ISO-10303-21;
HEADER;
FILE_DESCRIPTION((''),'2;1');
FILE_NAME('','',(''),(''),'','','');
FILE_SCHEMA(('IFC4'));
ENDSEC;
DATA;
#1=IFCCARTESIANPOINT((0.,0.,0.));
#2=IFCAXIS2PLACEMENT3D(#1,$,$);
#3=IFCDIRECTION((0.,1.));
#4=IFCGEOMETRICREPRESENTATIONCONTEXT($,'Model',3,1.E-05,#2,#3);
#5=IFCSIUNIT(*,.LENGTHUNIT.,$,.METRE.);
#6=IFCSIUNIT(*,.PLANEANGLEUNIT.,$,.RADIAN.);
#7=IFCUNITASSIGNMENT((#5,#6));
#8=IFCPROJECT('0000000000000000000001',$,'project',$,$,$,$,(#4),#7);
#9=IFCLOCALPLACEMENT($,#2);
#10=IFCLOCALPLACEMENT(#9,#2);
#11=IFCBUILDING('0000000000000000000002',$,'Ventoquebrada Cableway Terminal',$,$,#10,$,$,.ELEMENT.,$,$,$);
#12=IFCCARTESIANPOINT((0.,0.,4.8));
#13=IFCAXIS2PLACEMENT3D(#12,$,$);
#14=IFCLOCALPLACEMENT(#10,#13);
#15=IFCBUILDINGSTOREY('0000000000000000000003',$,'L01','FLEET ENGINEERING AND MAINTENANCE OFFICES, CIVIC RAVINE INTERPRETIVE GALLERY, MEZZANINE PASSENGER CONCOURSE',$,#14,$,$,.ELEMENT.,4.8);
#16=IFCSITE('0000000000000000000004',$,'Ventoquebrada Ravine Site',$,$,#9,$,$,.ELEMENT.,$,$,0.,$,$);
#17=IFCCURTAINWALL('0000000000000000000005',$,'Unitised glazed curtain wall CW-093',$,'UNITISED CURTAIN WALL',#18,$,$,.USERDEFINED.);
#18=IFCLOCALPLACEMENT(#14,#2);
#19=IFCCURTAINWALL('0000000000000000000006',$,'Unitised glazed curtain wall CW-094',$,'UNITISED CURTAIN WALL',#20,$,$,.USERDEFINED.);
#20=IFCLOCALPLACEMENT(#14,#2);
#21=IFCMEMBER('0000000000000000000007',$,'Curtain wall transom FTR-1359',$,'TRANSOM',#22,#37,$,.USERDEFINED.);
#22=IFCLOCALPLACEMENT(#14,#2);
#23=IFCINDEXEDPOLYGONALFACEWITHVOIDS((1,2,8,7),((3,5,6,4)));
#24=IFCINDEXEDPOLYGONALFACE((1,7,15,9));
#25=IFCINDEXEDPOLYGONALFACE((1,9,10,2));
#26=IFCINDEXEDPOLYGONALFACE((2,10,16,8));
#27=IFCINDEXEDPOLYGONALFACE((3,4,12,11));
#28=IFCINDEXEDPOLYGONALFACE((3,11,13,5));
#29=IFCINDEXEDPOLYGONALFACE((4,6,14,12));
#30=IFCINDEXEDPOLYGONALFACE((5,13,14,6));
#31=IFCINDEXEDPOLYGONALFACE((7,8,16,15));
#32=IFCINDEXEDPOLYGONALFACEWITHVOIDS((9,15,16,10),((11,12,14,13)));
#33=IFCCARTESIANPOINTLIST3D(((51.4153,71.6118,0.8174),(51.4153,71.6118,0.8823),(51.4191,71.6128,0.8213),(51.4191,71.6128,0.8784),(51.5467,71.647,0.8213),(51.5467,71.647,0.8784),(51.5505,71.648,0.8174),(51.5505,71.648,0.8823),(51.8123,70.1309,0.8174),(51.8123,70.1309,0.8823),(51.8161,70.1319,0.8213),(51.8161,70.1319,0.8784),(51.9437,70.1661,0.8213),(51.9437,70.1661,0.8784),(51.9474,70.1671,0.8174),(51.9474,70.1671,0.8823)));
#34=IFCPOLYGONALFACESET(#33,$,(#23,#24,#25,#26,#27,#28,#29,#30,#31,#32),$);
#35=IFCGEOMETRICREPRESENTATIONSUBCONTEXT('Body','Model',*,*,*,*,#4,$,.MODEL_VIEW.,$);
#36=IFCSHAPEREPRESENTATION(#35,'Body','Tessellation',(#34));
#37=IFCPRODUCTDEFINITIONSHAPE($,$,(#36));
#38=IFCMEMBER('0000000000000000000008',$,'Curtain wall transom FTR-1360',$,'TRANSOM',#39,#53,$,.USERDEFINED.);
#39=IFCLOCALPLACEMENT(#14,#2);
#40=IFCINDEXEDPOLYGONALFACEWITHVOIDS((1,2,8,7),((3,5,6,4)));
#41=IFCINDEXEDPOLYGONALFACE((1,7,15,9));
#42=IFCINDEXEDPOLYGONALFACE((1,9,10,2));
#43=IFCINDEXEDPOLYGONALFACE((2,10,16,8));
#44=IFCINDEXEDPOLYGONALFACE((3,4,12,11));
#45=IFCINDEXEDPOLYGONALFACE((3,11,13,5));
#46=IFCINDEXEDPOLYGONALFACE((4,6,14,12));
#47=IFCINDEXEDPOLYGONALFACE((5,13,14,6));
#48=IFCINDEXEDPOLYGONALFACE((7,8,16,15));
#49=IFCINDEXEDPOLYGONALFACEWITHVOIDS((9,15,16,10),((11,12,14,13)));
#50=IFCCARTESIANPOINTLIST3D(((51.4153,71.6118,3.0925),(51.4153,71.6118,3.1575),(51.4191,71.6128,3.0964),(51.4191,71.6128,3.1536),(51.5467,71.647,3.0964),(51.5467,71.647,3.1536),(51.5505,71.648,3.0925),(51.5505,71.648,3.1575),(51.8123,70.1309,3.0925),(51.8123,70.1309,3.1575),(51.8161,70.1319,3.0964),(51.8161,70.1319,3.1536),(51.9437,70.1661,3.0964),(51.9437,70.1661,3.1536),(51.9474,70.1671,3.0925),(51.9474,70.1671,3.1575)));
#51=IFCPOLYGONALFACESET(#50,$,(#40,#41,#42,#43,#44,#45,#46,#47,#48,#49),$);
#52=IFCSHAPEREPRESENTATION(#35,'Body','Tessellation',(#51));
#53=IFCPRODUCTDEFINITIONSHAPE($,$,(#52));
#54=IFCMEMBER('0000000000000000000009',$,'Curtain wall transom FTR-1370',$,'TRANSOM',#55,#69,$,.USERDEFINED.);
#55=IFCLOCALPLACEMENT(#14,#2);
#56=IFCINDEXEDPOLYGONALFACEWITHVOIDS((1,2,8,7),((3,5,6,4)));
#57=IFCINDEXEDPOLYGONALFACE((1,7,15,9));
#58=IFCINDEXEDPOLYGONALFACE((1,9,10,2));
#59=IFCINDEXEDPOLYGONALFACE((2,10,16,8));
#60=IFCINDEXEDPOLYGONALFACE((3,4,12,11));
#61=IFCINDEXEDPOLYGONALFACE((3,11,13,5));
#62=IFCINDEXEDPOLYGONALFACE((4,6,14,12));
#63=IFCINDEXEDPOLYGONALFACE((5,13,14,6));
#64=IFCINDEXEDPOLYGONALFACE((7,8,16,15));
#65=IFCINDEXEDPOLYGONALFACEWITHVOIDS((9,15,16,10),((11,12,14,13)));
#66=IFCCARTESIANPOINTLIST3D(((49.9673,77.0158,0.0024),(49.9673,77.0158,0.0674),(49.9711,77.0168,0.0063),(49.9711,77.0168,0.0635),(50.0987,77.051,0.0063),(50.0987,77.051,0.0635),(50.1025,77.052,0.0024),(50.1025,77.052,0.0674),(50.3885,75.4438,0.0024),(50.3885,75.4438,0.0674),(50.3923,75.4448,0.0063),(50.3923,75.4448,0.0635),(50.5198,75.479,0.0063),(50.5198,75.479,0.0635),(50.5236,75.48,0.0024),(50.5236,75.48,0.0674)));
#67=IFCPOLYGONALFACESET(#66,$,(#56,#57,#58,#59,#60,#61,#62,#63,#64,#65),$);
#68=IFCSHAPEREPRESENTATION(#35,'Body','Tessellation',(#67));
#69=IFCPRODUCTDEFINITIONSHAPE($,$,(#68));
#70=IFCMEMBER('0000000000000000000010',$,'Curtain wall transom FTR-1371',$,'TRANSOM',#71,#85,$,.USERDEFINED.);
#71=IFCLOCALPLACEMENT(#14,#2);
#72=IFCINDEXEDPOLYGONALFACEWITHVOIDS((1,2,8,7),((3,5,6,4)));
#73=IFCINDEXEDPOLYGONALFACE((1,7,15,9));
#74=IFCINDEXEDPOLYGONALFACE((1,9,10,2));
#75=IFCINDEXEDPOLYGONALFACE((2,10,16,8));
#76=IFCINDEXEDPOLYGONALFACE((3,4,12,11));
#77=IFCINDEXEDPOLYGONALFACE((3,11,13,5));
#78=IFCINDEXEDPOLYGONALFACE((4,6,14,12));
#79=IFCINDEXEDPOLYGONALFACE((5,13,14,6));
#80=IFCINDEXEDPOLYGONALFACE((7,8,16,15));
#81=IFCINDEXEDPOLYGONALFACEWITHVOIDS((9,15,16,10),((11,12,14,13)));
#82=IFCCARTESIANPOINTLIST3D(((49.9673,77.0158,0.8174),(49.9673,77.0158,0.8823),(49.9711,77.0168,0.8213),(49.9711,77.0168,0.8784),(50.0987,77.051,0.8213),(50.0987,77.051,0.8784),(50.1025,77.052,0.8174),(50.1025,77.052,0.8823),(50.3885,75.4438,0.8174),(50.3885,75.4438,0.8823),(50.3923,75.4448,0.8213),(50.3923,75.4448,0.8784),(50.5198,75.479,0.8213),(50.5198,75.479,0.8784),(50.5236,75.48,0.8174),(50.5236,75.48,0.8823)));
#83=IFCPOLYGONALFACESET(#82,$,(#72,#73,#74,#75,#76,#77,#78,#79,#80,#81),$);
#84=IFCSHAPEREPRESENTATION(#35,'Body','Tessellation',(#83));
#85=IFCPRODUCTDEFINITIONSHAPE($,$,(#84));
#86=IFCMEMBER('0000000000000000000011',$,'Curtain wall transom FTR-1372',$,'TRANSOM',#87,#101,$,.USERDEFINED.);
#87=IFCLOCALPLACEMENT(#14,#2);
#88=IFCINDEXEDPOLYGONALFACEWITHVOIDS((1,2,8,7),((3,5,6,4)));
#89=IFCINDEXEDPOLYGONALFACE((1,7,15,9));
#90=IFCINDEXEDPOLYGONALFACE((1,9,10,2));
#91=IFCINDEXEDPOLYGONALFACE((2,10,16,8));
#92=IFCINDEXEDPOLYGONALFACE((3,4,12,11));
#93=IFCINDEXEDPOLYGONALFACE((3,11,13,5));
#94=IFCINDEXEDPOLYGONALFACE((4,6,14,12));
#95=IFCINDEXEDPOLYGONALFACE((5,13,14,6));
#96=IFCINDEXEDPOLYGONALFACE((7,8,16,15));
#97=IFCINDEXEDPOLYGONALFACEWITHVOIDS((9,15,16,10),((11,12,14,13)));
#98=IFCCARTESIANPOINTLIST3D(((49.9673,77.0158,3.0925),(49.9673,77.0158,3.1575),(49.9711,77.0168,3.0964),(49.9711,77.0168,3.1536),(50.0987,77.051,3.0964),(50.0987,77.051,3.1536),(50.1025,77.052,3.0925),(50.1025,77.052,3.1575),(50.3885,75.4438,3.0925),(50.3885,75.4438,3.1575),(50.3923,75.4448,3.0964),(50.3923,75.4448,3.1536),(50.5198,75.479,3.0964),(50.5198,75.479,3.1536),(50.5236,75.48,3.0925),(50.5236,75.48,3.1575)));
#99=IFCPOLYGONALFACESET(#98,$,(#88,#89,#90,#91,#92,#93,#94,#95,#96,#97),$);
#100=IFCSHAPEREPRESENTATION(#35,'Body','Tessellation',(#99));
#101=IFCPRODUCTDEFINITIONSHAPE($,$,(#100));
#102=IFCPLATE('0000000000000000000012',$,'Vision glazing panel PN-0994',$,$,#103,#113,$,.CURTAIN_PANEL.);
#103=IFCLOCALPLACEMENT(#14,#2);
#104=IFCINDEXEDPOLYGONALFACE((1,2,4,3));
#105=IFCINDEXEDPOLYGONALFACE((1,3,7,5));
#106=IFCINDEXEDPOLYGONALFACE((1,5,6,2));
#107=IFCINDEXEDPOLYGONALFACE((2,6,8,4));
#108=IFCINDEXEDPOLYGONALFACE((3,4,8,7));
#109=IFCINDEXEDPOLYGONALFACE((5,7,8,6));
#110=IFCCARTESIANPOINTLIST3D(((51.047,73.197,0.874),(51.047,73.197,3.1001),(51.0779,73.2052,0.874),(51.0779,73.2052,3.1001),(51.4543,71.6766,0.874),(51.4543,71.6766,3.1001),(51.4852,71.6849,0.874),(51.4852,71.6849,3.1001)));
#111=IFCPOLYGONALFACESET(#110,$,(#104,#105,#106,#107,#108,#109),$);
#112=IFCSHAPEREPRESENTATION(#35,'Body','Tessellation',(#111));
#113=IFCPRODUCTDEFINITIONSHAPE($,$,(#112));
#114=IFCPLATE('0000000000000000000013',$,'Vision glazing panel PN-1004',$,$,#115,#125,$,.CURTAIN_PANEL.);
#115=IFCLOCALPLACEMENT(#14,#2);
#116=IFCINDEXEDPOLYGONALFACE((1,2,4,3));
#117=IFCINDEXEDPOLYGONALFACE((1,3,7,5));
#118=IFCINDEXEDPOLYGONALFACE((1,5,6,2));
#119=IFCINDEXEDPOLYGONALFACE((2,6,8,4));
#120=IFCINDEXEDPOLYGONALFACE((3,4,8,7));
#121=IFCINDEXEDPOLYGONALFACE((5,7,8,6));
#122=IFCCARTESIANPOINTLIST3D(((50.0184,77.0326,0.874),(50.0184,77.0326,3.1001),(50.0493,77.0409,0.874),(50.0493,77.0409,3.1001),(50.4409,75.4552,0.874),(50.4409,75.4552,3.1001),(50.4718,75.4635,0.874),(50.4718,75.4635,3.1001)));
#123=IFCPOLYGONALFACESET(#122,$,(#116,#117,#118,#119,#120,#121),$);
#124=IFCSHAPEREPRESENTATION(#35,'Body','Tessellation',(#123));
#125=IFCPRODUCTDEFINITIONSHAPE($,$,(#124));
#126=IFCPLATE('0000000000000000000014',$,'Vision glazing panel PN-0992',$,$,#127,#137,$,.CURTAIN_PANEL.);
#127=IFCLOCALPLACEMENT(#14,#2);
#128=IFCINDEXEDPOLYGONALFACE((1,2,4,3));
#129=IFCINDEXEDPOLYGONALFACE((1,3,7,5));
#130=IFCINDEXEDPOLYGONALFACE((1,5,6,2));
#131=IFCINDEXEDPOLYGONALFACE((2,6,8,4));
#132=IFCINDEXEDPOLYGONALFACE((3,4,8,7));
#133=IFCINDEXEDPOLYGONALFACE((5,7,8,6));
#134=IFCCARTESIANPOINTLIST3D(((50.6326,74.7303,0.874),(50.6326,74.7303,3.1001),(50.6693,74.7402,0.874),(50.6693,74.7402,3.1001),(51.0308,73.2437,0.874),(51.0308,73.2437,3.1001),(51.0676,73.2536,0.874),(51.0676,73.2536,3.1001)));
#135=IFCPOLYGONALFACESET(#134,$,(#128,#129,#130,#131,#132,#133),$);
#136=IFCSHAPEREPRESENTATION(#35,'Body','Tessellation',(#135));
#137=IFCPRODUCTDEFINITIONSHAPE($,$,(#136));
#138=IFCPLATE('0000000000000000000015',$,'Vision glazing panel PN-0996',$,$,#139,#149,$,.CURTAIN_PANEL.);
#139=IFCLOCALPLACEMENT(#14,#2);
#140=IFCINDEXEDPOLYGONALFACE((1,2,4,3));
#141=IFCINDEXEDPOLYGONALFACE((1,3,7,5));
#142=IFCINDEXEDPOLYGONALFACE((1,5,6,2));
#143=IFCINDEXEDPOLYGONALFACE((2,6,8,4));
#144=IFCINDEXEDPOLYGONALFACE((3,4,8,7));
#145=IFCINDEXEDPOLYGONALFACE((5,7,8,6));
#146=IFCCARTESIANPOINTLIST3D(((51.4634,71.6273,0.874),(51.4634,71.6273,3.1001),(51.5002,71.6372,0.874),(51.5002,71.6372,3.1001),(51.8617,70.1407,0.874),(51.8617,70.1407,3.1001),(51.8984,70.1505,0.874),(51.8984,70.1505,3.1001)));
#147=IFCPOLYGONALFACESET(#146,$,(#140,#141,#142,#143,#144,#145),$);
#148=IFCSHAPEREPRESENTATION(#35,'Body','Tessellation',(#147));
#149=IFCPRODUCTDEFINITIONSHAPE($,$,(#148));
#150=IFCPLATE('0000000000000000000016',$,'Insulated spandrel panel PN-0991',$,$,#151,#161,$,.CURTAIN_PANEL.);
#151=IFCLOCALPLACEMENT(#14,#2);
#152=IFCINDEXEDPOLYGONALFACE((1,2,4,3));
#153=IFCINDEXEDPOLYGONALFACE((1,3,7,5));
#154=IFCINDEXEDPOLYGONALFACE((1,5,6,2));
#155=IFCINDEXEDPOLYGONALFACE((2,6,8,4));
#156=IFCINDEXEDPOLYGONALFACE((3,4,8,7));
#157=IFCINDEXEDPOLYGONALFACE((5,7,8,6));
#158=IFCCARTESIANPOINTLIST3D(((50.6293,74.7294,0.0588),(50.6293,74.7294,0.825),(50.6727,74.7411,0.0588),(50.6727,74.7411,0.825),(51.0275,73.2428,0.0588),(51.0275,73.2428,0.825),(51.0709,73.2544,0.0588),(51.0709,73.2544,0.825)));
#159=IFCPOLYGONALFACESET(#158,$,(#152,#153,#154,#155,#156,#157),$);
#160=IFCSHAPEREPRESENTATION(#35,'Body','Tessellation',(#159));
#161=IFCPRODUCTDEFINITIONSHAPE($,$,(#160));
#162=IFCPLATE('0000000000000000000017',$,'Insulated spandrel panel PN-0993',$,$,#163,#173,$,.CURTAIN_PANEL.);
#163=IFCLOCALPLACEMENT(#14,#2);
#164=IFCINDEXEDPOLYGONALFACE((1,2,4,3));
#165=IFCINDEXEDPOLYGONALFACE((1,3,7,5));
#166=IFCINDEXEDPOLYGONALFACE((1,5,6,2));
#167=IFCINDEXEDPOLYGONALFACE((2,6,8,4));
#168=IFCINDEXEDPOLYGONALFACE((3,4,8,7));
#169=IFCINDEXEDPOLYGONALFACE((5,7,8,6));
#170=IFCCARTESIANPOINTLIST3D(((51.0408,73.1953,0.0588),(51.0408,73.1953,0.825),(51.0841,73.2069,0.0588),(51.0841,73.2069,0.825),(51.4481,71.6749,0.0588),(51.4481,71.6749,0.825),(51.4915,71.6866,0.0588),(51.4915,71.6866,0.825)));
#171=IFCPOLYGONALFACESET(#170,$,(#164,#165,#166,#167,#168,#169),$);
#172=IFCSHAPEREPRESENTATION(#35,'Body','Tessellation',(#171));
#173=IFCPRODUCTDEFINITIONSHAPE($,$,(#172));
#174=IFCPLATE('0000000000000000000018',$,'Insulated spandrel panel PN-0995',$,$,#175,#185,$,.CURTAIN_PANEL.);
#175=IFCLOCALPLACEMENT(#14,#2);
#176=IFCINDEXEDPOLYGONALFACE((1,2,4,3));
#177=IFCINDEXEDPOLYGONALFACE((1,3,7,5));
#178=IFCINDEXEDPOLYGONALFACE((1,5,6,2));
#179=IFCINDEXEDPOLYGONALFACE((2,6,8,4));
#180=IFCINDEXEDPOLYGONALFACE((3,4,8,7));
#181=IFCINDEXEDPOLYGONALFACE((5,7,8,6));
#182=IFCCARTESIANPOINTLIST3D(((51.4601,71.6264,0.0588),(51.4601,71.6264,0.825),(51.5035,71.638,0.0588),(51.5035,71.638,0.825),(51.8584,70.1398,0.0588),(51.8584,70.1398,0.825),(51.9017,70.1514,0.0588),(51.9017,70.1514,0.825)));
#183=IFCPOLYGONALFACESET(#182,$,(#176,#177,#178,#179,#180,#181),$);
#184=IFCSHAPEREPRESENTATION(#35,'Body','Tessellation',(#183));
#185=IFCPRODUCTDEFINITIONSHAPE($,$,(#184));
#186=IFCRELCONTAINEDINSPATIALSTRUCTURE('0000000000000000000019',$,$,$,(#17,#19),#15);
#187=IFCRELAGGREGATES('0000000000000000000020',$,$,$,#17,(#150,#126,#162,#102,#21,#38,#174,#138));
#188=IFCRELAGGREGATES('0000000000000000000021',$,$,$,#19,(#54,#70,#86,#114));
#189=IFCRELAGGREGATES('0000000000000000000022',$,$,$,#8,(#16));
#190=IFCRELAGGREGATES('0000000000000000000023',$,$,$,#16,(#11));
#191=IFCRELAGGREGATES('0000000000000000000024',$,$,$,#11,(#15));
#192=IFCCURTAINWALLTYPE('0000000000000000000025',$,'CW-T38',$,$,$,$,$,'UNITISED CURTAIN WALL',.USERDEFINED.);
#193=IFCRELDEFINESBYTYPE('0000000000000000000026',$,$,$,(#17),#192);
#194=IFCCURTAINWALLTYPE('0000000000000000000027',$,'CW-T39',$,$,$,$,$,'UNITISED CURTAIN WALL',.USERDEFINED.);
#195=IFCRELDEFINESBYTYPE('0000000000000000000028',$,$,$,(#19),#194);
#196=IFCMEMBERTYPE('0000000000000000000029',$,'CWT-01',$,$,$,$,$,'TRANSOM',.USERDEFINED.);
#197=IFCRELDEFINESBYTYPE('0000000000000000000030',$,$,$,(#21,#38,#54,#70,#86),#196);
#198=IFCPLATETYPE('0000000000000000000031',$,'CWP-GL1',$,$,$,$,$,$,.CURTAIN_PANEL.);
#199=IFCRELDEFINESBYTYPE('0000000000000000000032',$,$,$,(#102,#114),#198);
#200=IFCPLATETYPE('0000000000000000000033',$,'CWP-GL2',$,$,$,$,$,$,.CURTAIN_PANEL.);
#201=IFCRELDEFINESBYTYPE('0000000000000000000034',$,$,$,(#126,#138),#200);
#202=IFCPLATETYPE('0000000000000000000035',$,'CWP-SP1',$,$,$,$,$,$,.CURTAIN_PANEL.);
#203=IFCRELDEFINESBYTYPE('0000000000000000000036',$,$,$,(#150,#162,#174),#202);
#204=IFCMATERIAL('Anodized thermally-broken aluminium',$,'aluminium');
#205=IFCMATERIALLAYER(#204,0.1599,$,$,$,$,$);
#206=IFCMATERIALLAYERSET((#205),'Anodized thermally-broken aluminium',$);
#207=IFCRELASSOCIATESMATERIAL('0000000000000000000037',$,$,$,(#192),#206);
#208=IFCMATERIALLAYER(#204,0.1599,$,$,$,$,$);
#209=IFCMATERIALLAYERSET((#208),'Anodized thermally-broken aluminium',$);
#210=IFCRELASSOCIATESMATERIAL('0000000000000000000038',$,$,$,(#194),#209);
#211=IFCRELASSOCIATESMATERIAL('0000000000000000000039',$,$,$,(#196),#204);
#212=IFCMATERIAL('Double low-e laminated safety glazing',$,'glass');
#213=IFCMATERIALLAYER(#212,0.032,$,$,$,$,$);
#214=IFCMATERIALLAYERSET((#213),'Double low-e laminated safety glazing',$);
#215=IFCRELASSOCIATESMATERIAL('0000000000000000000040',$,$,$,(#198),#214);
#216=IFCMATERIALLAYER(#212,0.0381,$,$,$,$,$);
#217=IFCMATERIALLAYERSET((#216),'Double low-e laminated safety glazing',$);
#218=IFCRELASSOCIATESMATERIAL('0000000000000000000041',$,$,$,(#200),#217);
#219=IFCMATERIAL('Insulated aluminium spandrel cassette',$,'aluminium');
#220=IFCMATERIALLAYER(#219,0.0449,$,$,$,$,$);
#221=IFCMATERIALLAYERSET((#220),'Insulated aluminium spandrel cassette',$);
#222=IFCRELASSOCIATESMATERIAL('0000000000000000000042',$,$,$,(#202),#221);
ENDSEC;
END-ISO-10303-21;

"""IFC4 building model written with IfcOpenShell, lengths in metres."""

from ifc_helpers import new_model, si_unit, direction, frame, origin, origin_2d, place, context, subcontext, project, spatial, rectangle, hollow_rectangle, extrude, material, layer, layer_set, material_profile, profile_set, type_object, element, aggregate, save


model = new_model("IFC4")

# Units and contexts
model_context = context("Model", 3, precision=1e-05, world=origin(), true_north=direction((0.0, 1.0)))
body_context = subcontext(model_context, "Body", "Model", "MODEL_VIEW")
ifc_project = project(units=[si_unit("LENGTHUNIT", "METRE"), si_unit("PLANEANGLEUNIT", "RADIAN")], contexts=[model_context])

# Site, building, storey
site_placement = place(None, origin())
site = spatial("IfcSite", under=ifc_project, at=site_placement, Name="Ventoquebrada Ravine Site", CompositionType="ELEMENT", RefElevation=0.0)
building_placement = place(site_placement, origin())
building = spatial("IfcBuilding", under=site, at=building_placement, Name="Ventoquebrada Cableway Terminal", CompositionType="ELEMENT")
storey_placement = place(building_placement, frame((0.0, 0.0, 4.8)))
storey = spatial("IfcBuildingStorey", under=building, at=storey_placement, Name="L01", Description="FLEET ENGINEERING AND MAINTENANCE OFFICES, CIVIC RAVINE INTERPRETIVE GALLERY, MEZZANINE PASSENGER CONCOURSE", CompositionType="ELEMENT", Elevation=4.8)

# Curtain walls
ifc_material_1 = material(Name="Anodized thermally-broken aluminium", Category="aluminium")
ifc_layer_1 = layer(ifc_material_1, 0.1599)
ifc_layer_set_1 = layer_set([ifc_layer_1], Name="Anodized thermally-broken aluminium")
curtain_wall_type_1 = type_object("IfcCurtainWallType", Name="CW-T38", ElementType="UNITISED CURTAIN WALL", PredefinedType="USERDEFINED", material=ifc_layer_set_1)
curtain_wall_1_placement = place(storey_placement, origin())
curtain_wall_1 = element("IfcCurtainWall", 1, at=curtain_wall_1_placement, inside=storey, type_object=curtain_wall_type_1, Name="Unitised glazed curtain wall CW-093", ObjectType="UNITISED CURTAIN WALL", PredefinedType="USERDEFINED")
ifc_layer_2 = layer(ifc_material_1, 0.1599)
ifc_layer_set_2 = layer_set([ifc_layer_2], Name="Anodized thermally-broken aluminium")
curtain_wall_type_2 = type_object("IfcCurtainWallType", Name="CW-T39", ElementType="UNITISED CURTAIN WALL", PredefinedType="USERDEFINED", material=ifc_layer_set_2)
curtain_wall_2_placement = place(storey_placement, origin())
curtain_wall_2 = element("IfcCurtainWall", 2, at=curtain_wall_2_placement, inside=storey, type_object=curtain_wall_type_2, Name="Unitised glazed curtain wall CW-094", ObjectType="UNITISED CURTAIN WALL", PredefinedType="USERDEFINED")

# Members
ifc_material_profile_1 = material_profile(ifc_material_1, hollow_rectangle(XDim=0.0649, YDim=0.1399, WallThickness=0.0039, at=origin_2d()), Name="CW-TRN-65X140")
ifc_profile_set_1 = profile_set([ifc_material_profile_1], Name="Anodized thermally-broken aluminium")
member_type_1 = type_object("IfcMemberType", Name="CWT-01", ElementType="TRANSOM", PredefinedType="USERDEFINED", material=ifc_profile_set_1)
member_1_placement = place(storey_placement, frame((51.4829, 71.6299, 0.8499), z_axis=(0.258911, -0.965901, 0.0), x_axis=(0.0, 0.0, 1.0)))
member_1 = element("IfcMember", 3, at=member_1_placement, type_object=member_type_1, Name="Curtain wall transom FTR-1359", ObjectType="TRANSOM", PredefinedType="USERDEFINED", context=body_context, shape_type="SweptSolid", body=[
    extrude(hollow_rectangle(XDim=0.0649, YDim=0.1399, WallThickness=0.0039, at=origin_2d()), origin(), (0.0, 0.0, 1.0), 1.5332),
])
member_2_placement = place(storey_placement, frame((51.4829, 71.6299, 3.125), z_axis=(0.258911, -0.965901, 0.0), x_axis=(0.0, 0.0, 1.0)))
member_2 = element("IfcMember", 4, at=member_2_placement, type_object=member_type_1, Name="Curtain wall transom FTR-1360", ObjectType="TRANSOM", PredefinedType="USERDEFINED", context=body_context, shape_type="SweptSolid", body=[
    extrude(hollow_rectangle(XDim=0.0649, YDim=0.1399, WallThickness=0.0039, at=origin_2d()), origin(), (0.0, 0.0, 1.0), 1.5332),
])
member_3_placement = place(storey_placement, frame((50.0349, 77.0339, 0.0349), z_axis=(0.258774, -0.965938, 0.0), x_axis=(0.0, 0.0, 1.0)))
member_3 = element("IfcMember", 5, at=member_3_placement, type_object=member_type_1, Name="Curtain wall transom FTR-1370", ObjectType="TRANSOM", PredefinedType="USERDEFINED", context=body_context, shape_type="SweptSolid", body=[
    extrude(hollow_rectangle(XDim=0.0649, YDim=0.1399, WallThickness=0.0039, at=origin_2d()), origin(), (0.0, 0.0, 1.0), 1.6274),
])
member_4_placement = place(storey_placement, frame((50.0349, 77.0339, 0.8499), z_axis=(0.258774, -0.965938, 0.0), x_axis=(0.0, 0.0, 1.0)))
member_4 = element("IfcMember", 6, at=member_4_placement, type_object=member_type_1, Name="Curtain wall transom FTR-1371", ObjectType="TRANSOM", PredefinedType="USERDEFINED", context=body_context, shape_type="SweptSolid", body=[
    extrude(hollow_rectangle(XDim=0.0649, YDim=0.1399, WallThickness=0.0039, at=origin_2d()), origin(), (0.0, 0.0, 1.0), 1.6274),
])
member_5_placement = place(storey_placement, frame((50.0349, 77.0339, 3.125), z_axis=(0.258774, -0.965938, 0.0), x_axis=(0.0, 0.0, 1.0)))
member_5 = element("IfcMember", 7, at=member_5_placement, type_object=member_type_1, Name="Curtain wall transom FTR-1372", ObjectType="TRANSOM", PredefinedType="USERDEFINED", context=body_context, shape_type="SweptSolid", body=[
    extrude(hollow_rectangle(XDim=0.0649, YDim=0.1399, WallThickness=0.0039, at=origin_2d()), origin(), (0.0, 0.0, 1.0), 1.6274),
])

# Plates
ifc_material_2 = material(Name="Double low-e laminated safety glazing", Category="glass")
ifc_layer_3 = layer(ifc_material_2, 0.032)
ifc_layer_set_3 = layer_set([ifc_layer_3], Name="Double low-e laminated safety glazing")
plate_type_1 = type_object("IfcPlateType", Name="CWP-GL1", PredefinedType="CURTAIN_PANEL", material=ifc_layer_set_3)
plate_1_placement = place(storey_placement, frame((51.2661, 72.4409, 0.874), z_axis=(0.0, 0.0, 1.0), x_axis=(0.258785, -0.965935, 0.0)))
plate_1 = element("IfcPlate", 8, at=plate_1_placement, type_object=plate_type_1, Name="Vision glazing panel PN-0994", PredefinedType="CURTAIN_PANEL", context=body_context, shape_type="SweptSolid", body=[
    extrude(rectangle(XDim=1.574, YDim=0.032, at=origin_2d()), origin(), (0.0, 0.0, 1.0), 2.2261),
])
plate_2_placement = place(storey_placement, frame((50.2451, 76.248, 0.874), z_axis=(0.0, 0.0, 1.0), x_axis=(0.258735, -0.965948, 0.0)))
plate_2 = element("IfcPlate", 9, at=plate_2_placement, type_object=plate_type_1, Name="Vision glazing panel PN-1004", PredefinedType="CURTAIN_PANEL", context=body_context, shape_type="SweptSolid", body=[
    extrude(rectangle(XDim=1.6331, YDim=0.032, at=origin_2d()), origin(), (0.0, 0.0, 1.0), 2.2261),
])
ifc_layer_4 = layer(ifc_material_2, 0.0381)
ifc_layer_set_4 = layer_set([ifc_layer_4], Name="Double low-e laminated safety glazing")
plate_type_2 = type_object("IfcPlateType", Name="CWP-GL2", PredefinedType="CURTAIN_PANEL", material=ifc_layer_set_4)
plate_3_placement = place(storey_placement, frame((50.8501, 73.9919, 0.874), z_axis=(0.0, 0.0, 1.0), x_axis=(0.258785, -0.965935, 0.0)))
plate_3 = element("IfcPlate", 10, at=plate_3_placement, type_object=plate_type_2, Name="Vision glazing panel PN-0992", PredefinedType="CURTAIN_PANEL", context=body_context, shape_type="SweptSolid", body=[
    extrude(rectangle(XDim=1.5391, YDim=0.0381, at=origin_2d()), origin(), (0.0, 0.0, 1.0), 2.2261),
])
plate_4_placement = place(storey_placement, frame((51.6809, 70.8889, 0.874), z_axis=(0.0, 0.0, 1.0), x_axis=(0.258785, -0.965935, 0.0)))
plate_4 = element("IfcPlate", 11, at=plate_4_placement, type_object=plate_type_2, Name="Vision glazing panel PN-0996", PredefinedType="CURTAIN_PANEL", context=body_context, shape_type="SweptSolid", body=[
    extrude(rectangle(XDim=1.5391, YDim=0.0381, at=origin_2d()), origin(), (0.0, 0.0, 1.0), 2.2261),
])
ifc_material_3 = material(Name="Insulated aluminium spandrel cassette", Category="aluminium")
ifc_layer_5 = layer(ifc_material_3, 0.0449)
ifc_layer_set_5 = layer_set([ifc_layer_5], Name="Insulated aluminium spandrel cassette")
plate_type_3 = type_object("IfcPlateType", Name="CWP-SP1", PredefinedType="CURTAIN_PANEL", material=ifc_layer_set_5)
plate_5_placement = place(storey_placement, frame((50.8501, 73.9919, 0.0588), z_axis=(0.0, 0.0, 1.0), x_axis=(0.258785, -0.965935, 0.0)))
plate_5 = element("IfcPlate", 12, at=plate_5_placement, type_object=plate_type_3, Name="Insulated spandrel panel PN-0991", PredefinedType="CURTAIN_PANEL", context=body_context, shape_type="SweptSolid", body=[
    extrude(rectangle(XDim=1.5391, YDim=0.0449, at=origin_2d()), origin(), (0.0, 0.0, 1.0), 0.7661),
])
plate_6_placement = place(storey_placement, frame((51.2661, 72.4409, 0.0588), z_axis=(0.0, 0.0, 1.0), x_axis=(0.258785, -0.965935, 0.0)))
plate_6 = element("IfcPlate", 13, at=plate_6_placement, type_object=plate_type_3, Name="Insulated spandrel panel PN-0993", PredefinedType="CURTAIN_PANEL", context=body_context, shape_type="SweptSolid", body=[
    extrude(rectangle(XDim=1.574, YDim=0.0449, at=origin_2d()), origin(), (0.0, 0.0, 1.0), 0.7661),
])
plate_7_placement = place(storey_placement, frame((51.6809, 70.8889, 0.0588), z_axis=(0.0, 0.0, 1.0), x_axis=(0.258785, -0.965935, 0.0)))
plate_7 = element("IfcPlate", 14, at=plate_7_placement, type_object=plate_type_3, Name="Insulated spandrel panel PN-0995", PredefinedType="CURTAIN_PANEL", context=body_context, shape_type="SweptSolid", body=[
    extrude(rectangle(XDim=1.5391, YDim=0.0449, at=origin_2d()), origin(), (0.0, 0.0, 1.0), 0.7661),
])
aggregate(curtain_wall_1, [plate_5, plate_3, plate_6, plate_1, member_1, member_2, plate_7, plate_4])
aggregate(curtain_wall_2, [member_3, member_4, member_5, plate_2])

save(model, "model.ifc")
